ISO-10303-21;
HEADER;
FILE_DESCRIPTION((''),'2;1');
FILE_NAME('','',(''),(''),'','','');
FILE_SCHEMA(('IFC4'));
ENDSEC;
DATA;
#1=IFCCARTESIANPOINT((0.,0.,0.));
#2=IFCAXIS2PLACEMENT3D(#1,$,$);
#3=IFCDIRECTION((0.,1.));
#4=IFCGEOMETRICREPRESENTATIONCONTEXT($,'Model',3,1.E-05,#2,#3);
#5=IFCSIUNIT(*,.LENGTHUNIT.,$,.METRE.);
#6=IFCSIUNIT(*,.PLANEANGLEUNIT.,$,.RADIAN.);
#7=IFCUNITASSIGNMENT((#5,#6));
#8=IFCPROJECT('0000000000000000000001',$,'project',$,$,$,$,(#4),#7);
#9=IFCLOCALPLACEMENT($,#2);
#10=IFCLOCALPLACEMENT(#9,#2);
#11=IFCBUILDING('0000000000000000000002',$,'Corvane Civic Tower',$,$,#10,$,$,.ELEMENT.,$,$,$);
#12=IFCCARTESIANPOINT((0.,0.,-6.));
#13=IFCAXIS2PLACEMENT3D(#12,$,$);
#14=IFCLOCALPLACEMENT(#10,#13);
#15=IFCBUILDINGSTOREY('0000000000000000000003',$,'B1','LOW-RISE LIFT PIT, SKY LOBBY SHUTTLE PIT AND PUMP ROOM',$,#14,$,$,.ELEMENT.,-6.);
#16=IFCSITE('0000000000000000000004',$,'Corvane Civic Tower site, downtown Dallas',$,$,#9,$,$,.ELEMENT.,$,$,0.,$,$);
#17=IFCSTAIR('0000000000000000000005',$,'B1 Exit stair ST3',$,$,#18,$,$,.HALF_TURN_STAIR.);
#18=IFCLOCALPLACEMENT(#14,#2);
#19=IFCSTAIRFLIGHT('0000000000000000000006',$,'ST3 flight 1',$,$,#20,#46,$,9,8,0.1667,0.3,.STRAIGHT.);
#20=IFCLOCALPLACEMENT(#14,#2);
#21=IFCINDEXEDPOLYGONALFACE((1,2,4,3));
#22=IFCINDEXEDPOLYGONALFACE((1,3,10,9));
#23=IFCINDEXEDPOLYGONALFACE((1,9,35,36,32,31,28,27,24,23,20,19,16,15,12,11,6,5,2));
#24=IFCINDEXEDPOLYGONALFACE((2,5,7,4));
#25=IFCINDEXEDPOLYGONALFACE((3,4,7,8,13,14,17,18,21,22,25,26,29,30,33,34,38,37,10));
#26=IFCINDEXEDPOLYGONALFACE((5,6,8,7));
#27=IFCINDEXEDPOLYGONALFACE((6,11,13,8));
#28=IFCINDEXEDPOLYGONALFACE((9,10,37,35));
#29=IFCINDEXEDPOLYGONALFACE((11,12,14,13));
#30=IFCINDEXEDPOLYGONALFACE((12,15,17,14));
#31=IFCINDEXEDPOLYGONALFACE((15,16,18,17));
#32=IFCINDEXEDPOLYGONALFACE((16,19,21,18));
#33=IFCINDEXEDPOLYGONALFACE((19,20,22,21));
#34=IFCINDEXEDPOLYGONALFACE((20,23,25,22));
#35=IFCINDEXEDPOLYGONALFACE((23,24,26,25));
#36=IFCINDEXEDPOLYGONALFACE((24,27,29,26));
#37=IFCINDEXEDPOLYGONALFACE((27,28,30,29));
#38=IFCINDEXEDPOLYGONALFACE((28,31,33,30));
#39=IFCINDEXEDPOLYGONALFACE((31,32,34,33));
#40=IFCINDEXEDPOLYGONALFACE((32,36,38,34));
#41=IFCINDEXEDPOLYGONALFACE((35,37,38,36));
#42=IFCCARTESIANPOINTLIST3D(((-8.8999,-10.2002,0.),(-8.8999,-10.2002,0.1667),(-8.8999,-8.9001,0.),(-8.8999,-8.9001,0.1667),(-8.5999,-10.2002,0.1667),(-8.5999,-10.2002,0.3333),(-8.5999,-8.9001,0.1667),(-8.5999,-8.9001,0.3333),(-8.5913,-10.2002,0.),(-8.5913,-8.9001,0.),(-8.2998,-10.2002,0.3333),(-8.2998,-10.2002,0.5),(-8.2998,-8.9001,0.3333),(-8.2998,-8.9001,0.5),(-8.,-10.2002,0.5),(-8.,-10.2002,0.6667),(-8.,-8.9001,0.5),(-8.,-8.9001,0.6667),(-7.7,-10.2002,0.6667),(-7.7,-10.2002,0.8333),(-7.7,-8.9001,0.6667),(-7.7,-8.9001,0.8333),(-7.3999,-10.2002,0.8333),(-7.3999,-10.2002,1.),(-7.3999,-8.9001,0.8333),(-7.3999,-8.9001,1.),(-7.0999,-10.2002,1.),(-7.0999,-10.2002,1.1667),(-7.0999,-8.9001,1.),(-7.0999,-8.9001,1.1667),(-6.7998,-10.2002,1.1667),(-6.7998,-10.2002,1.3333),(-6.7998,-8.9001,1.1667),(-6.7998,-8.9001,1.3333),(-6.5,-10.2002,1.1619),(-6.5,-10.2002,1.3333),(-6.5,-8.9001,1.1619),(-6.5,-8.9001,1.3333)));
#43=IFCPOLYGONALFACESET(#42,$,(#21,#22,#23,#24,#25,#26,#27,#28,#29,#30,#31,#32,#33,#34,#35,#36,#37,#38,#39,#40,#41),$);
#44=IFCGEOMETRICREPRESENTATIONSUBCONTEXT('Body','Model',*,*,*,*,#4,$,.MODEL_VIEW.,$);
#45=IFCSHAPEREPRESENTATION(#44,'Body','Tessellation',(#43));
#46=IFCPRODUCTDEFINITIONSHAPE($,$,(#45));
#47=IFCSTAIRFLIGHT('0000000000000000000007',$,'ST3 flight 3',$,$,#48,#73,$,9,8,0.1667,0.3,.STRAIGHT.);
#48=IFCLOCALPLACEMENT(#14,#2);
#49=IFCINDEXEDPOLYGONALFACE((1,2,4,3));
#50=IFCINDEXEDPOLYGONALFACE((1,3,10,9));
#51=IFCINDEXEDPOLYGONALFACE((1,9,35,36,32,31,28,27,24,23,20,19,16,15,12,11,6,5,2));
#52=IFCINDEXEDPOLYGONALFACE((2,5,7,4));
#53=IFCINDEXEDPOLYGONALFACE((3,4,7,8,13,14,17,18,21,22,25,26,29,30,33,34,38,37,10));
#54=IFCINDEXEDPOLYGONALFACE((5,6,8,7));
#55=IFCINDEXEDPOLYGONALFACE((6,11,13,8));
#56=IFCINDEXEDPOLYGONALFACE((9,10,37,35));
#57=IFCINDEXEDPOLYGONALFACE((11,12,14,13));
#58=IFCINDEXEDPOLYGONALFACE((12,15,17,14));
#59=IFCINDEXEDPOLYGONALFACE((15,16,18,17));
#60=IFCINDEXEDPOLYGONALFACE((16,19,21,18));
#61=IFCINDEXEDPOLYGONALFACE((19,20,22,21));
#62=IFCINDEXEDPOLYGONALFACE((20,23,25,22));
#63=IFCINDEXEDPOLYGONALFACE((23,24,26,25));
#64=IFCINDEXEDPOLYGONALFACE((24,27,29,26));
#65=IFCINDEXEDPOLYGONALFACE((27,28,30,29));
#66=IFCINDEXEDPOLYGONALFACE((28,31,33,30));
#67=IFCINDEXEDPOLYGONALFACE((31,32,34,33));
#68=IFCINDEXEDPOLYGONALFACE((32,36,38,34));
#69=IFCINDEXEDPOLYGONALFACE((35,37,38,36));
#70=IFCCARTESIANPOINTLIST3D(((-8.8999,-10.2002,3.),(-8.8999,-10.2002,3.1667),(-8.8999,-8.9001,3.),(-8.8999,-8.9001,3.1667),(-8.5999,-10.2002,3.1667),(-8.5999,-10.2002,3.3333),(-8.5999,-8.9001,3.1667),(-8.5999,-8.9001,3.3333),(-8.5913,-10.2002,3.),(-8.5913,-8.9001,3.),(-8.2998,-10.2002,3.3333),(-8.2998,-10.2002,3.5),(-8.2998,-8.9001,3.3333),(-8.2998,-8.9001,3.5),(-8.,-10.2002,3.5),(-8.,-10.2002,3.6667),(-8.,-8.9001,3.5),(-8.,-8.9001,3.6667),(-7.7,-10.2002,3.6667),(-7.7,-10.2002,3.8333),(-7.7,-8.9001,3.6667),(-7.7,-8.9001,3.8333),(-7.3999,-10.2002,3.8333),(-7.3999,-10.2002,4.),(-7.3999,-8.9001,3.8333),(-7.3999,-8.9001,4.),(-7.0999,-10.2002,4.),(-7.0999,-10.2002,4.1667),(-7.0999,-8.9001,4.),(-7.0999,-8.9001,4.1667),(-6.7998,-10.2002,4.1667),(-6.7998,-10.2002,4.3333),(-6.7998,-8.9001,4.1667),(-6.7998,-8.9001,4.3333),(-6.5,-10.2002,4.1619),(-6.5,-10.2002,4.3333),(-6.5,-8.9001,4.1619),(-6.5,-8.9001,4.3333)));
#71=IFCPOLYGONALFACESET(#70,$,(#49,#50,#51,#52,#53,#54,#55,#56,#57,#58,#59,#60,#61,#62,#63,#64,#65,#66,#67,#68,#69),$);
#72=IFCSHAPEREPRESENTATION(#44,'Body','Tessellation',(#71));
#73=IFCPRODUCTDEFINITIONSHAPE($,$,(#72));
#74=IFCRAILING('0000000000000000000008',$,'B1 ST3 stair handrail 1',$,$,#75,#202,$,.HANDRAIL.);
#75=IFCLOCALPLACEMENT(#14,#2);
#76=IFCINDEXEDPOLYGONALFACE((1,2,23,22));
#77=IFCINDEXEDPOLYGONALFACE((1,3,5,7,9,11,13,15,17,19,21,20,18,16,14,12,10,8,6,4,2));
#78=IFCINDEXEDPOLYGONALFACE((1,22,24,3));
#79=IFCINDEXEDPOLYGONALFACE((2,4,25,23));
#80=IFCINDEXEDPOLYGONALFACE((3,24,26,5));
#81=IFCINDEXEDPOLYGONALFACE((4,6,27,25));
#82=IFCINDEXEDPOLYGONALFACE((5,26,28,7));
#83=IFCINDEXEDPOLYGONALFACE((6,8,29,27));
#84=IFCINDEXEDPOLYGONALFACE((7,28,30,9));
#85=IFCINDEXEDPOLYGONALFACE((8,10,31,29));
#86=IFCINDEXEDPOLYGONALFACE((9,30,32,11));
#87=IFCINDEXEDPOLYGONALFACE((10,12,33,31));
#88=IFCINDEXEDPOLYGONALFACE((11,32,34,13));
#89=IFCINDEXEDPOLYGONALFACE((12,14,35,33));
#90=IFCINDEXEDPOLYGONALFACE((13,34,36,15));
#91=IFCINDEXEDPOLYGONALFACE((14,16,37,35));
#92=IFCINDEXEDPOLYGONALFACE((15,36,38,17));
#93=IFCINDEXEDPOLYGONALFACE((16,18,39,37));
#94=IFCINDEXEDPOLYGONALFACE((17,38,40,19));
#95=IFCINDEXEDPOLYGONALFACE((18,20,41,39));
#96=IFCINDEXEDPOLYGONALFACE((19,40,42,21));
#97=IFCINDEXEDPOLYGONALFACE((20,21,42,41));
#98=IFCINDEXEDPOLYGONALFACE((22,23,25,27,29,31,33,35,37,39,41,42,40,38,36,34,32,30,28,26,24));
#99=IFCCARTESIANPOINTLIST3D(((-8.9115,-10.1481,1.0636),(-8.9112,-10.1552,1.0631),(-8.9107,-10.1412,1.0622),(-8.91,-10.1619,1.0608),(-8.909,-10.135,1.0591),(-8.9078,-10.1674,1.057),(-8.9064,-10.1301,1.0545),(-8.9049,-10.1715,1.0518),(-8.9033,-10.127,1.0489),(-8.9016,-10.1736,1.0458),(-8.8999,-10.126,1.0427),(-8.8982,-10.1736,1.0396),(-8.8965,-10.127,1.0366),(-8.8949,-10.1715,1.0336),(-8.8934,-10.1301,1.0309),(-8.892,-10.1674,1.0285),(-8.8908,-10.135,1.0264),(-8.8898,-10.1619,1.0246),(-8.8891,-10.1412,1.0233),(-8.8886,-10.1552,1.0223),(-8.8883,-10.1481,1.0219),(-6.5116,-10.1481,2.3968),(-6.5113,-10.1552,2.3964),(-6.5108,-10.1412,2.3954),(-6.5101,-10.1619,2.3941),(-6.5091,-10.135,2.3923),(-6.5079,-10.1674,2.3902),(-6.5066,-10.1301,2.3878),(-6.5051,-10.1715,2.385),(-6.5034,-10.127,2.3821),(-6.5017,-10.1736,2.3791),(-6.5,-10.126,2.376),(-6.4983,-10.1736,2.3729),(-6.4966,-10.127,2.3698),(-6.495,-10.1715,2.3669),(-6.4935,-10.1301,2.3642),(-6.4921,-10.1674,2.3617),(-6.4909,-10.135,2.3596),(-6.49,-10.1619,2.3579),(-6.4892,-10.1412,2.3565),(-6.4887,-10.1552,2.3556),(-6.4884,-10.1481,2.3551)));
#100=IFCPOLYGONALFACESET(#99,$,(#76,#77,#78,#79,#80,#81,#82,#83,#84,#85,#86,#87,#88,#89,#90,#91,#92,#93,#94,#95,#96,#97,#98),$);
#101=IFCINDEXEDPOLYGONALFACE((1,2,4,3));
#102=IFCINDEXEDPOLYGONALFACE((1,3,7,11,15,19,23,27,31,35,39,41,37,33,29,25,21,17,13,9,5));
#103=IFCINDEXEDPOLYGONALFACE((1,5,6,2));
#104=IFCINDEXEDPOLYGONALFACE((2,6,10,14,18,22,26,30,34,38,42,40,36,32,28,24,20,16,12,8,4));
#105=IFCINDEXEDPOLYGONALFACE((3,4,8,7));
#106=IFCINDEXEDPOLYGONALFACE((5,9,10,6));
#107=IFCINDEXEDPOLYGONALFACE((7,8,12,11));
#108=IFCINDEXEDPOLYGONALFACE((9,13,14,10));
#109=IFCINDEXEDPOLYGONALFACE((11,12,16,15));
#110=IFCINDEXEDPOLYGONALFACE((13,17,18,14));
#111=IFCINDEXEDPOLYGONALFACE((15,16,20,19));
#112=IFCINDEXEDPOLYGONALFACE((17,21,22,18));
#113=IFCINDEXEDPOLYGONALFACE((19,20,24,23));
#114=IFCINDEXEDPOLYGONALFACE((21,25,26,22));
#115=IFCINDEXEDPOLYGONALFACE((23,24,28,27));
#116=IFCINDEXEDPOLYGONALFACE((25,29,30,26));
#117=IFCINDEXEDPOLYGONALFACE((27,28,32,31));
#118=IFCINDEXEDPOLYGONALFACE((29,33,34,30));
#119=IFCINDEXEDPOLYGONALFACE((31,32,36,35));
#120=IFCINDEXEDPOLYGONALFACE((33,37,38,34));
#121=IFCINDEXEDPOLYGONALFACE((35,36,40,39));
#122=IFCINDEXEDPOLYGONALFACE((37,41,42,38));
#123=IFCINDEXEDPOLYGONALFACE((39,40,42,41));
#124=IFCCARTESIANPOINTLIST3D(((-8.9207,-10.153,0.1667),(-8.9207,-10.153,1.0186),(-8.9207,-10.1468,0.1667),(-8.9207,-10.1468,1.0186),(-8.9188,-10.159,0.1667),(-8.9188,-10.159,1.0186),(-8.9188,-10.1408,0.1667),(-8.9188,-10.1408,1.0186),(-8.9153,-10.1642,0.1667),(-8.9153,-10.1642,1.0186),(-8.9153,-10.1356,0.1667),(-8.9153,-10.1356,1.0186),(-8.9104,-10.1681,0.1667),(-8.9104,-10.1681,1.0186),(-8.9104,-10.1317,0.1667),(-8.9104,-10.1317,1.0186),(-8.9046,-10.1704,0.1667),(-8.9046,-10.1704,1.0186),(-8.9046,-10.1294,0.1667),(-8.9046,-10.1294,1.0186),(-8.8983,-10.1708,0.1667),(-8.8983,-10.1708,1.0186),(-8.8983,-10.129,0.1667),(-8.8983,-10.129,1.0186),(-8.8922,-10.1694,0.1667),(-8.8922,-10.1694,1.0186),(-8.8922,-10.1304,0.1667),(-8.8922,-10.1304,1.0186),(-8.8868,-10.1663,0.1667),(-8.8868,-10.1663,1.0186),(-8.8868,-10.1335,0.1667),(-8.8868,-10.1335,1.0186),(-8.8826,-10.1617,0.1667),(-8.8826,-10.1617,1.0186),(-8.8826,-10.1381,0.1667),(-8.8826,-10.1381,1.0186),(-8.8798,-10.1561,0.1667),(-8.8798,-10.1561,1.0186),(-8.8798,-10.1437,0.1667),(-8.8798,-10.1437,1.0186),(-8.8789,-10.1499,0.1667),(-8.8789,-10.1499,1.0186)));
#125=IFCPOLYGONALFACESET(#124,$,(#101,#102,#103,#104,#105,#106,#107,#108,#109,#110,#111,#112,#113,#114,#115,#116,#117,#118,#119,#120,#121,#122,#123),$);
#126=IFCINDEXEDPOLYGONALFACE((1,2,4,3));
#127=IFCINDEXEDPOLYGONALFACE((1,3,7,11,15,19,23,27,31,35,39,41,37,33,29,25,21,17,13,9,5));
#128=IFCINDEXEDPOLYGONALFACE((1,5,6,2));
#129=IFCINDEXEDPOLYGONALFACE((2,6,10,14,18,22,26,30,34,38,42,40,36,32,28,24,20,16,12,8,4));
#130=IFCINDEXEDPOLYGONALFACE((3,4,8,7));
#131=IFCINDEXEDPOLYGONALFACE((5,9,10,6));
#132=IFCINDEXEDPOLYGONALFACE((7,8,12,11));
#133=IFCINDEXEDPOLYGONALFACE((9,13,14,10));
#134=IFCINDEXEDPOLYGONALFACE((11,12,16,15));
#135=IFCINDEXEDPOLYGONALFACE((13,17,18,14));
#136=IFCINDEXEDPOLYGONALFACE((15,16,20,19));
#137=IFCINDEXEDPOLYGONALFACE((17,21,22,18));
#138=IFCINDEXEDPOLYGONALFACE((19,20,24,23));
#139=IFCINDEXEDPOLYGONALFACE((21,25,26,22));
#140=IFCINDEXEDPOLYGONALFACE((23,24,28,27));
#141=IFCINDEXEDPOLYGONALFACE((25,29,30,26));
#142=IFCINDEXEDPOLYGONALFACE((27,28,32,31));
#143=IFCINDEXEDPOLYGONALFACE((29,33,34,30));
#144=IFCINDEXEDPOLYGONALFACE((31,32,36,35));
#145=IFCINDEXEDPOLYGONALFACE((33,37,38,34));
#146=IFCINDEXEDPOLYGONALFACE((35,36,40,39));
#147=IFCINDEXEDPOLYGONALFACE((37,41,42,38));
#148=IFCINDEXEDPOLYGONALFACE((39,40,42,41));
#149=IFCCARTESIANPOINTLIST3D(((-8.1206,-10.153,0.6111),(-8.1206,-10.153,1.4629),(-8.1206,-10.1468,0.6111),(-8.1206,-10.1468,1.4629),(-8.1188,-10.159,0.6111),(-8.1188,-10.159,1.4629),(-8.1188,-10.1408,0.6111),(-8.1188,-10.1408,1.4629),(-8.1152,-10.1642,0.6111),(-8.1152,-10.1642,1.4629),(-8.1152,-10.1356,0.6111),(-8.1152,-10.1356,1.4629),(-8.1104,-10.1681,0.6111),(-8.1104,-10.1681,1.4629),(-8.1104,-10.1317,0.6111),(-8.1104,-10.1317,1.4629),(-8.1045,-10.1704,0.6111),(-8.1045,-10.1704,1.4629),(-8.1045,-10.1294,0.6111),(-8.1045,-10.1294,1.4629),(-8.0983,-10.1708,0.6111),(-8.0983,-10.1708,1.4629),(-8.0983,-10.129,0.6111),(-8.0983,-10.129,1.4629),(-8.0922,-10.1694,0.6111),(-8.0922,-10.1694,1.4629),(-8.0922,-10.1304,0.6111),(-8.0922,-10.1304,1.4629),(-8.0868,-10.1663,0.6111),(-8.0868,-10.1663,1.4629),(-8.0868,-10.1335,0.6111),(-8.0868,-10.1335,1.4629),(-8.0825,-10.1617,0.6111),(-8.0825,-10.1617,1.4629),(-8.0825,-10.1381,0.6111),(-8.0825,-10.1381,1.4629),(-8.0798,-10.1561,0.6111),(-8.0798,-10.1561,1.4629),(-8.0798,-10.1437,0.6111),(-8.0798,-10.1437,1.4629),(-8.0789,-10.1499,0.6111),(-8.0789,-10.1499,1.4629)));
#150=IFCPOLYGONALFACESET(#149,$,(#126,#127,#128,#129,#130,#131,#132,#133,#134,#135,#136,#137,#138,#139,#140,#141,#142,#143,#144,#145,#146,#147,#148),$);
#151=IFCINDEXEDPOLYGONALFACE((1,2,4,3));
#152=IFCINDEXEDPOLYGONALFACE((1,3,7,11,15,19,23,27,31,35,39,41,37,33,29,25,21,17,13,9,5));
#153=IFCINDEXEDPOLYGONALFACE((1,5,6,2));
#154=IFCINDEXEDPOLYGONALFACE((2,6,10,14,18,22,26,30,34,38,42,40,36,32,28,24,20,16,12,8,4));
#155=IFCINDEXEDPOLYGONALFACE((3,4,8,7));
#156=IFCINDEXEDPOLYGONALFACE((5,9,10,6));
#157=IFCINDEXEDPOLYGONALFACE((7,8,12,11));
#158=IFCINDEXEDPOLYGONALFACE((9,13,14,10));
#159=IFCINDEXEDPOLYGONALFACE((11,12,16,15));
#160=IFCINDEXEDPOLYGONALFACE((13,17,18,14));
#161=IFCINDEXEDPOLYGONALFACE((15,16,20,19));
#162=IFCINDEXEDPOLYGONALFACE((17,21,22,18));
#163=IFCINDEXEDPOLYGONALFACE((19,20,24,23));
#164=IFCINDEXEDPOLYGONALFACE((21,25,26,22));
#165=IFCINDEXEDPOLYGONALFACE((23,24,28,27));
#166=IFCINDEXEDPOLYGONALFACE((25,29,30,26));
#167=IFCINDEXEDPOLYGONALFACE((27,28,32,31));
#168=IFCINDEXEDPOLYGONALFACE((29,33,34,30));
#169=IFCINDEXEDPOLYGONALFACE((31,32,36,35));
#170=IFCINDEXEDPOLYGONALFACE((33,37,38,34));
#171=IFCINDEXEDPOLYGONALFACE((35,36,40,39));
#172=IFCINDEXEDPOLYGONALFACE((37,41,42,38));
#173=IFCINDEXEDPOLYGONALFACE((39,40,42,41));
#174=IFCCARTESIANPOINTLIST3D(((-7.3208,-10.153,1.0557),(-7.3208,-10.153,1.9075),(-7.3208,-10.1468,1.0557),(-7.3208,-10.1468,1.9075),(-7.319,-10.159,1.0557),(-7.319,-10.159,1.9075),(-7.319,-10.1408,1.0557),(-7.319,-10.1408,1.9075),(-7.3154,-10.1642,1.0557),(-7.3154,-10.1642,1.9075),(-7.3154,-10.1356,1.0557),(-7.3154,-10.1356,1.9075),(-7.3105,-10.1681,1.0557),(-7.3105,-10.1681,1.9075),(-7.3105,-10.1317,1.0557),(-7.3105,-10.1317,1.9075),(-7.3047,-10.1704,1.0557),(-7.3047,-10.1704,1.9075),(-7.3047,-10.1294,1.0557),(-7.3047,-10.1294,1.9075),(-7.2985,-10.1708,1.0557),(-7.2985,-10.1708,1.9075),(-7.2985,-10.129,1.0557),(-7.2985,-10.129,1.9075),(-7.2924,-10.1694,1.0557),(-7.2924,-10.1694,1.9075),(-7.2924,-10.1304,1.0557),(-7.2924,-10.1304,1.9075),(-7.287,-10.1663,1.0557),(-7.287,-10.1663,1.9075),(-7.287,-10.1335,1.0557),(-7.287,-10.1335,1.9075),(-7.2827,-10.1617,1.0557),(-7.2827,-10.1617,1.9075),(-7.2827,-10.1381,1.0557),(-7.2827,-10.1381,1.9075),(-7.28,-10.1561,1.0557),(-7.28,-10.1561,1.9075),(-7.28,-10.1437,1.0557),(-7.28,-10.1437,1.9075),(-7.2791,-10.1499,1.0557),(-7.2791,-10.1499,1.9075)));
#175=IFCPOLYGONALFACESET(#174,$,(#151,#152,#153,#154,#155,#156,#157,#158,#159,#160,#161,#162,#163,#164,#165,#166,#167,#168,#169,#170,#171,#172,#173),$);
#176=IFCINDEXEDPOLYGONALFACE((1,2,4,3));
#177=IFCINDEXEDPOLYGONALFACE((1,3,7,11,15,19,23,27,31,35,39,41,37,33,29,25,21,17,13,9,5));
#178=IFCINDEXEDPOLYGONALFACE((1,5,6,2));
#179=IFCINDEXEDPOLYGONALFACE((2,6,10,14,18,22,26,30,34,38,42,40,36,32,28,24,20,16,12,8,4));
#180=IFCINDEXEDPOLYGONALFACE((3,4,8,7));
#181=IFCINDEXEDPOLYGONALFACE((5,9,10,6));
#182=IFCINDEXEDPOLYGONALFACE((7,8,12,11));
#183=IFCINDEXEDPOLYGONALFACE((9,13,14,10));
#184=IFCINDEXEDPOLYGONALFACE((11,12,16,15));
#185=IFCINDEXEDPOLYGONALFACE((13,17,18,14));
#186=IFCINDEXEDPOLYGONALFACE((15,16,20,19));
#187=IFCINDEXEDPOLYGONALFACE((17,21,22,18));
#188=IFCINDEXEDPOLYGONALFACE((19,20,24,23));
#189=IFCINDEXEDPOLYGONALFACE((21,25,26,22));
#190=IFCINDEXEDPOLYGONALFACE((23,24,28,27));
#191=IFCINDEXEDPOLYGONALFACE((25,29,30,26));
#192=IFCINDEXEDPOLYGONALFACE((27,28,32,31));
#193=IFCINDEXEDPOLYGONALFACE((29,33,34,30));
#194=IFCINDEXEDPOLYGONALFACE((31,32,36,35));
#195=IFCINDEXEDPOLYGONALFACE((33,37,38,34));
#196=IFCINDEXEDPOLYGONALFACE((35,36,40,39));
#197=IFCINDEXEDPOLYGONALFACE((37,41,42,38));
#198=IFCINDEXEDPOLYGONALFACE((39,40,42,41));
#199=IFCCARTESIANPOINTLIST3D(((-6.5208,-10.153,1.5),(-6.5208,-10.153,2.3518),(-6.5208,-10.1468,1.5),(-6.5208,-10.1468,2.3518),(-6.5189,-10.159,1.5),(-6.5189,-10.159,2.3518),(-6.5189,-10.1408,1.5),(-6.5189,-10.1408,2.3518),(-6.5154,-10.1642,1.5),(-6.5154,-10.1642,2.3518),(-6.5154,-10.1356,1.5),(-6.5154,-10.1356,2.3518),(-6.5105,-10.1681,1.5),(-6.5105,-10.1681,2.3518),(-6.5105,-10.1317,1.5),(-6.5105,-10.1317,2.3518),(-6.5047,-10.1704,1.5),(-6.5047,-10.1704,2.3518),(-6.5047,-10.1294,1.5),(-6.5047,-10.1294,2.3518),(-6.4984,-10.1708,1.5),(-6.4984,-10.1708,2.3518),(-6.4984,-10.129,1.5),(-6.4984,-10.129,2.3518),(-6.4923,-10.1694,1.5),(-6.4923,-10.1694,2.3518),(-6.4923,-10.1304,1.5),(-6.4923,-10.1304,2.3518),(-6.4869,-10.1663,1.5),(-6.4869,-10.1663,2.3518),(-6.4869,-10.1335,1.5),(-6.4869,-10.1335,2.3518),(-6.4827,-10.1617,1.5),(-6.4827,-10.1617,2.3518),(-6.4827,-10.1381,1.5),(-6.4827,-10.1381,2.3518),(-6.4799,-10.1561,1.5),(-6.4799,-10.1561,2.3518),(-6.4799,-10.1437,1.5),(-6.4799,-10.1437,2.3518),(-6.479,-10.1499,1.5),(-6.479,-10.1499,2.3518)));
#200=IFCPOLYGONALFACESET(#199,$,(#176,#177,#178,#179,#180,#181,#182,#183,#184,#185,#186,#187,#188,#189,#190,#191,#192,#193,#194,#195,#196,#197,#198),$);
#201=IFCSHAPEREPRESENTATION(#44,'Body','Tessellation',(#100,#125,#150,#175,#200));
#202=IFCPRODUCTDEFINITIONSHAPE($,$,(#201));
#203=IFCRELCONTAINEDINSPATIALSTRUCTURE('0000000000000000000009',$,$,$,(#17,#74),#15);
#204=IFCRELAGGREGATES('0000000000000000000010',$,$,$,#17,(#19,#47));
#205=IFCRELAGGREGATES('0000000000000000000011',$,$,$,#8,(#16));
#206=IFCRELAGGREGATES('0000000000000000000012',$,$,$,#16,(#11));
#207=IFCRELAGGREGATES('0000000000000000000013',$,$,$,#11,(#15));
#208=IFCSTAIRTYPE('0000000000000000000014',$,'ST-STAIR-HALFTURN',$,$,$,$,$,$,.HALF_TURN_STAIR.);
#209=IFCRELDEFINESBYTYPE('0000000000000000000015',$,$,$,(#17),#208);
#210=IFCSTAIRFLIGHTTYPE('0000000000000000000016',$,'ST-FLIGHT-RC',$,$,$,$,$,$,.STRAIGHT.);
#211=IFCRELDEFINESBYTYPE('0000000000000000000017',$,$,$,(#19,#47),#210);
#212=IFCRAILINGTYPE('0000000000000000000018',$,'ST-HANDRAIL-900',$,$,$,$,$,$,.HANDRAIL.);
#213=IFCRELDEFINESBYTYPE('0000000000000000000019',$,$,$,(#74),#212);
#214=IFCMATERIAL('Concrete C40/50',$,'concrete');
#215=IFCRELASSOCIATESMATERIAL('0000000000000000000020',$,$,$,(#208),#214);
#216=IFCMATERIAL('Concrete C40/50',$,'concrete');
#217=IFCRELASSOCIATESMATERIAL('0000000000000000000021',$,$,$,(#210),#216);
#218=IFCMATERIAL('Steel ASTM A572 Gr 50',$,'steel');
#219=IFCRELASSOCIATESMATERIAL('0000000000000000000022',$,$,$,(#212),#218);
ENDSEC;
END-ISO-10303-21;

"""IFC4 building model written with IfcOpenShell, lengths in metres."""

from ifc_helpers import new_model, si_unit, direction, frame, origin, origin_2d, place, context, subcontext, project, spatial, polyline, circle, outline, extrude, material, type_object, element, aggregate, save


model = new_model("IFC4")

# Units and contexts
model_context = context("Model", 3, precision=1e-05, world=origin(), true_north=direction((0.0, 1.0)))
body_context = subcontext(model_context, "Body", "Model", "MODEL_VIEW")
ifc_project = project(units=[si_unit("LENGTHUNIT", "METRE"), si_unit("PLANEANGLEUNIT", "RADIAN")], contexts=[model_context])

# Site, building, storey
site_placement = place(None, origin())
site = spatial("IfcSite", under=ifc_project, at=site_placement, Name="Corvane Civic Tower site, downtown Dallas", CompositionType="ELEMENT", RefElevation=0.0)
building_placement = place(site_placement, origin())
building = spatial("IfcBuilding", under=site, at=building_placement, Name="Corvane Civic Tower", CompositionType="ELEMENT")
storey_placement = place(building_placement, frame((0.0, 0.0, -6.0)))
storey = spatial("IfcBuildingStorey", under=building, at=storey_placement, Name="B1", Description="LOW-RISE LIFT PIT, SKY LOBBY SHUTTLE PIT AND PUMP ROOM", CompositionType="ELEMENT", Elevation=-6.0)

# Stair, stair flights
ifc_material_1 = material(Name="Concrete C40/50", Category="concrete")
stair_type = type_object("IfcStairType", Name="ST-STAIR-HALFTURN", PredefinedType="HALF_TURN_STAIR", material=ifc_material_1)
stair_placement = place(storey_placement, origin())
stair = element("IfcStair", 1, at=stair_placement, inside=storey, type_object=stair_type, Name="B1 Exit stair ST3", PredefinedType="HALF_TURN_STAIR")
ifc_material_2 = material(Name="Concrete C40/50", Category="concrete")
stair_flight_type = type_object("IfcStairFlightType", Name="ST-FLIGHT-RC", PredefinedType="STRAIGHT", material=ifc_material_2)
stair_flight_1_placement = place(storey_placement, frame((-8.8999, -9.55, 0.0), z_axis=(0.0, 0.0, 1.0), x_axis=(1.0, 0.0, 0.0)))
stair_flight_1 = element("IfcStairFlight", 2, at=stair_flight_1_placement, type_object=stair_flight_type, Name="ST3 flight 1", NumberOfRisers=9, NumberOfTreads=8, PredefinedType="STRAIGHT", RiserHeight=0.1667, TreadLength=0.3, context=body_context, shape_type="SweptSolid", body=[
    extrude(outline(polyline([(0.0, 0.0), (0.0, 0.1667), (0.3, 0.1667), (0.3, 0.3333), (0.6001, 0.3333), (0.6001, 0.5), (0.8999, 0.5), (0.8999, 0.6667), (1.2, 0.6667), (1.2, 0.8333), (1.5, 0.8333), (1.5, 1.0), (1.8, 1.0), (1.8, 1.1667), (2.1001, 1.1667), (2.1001, 1.3333), (2.3999, 1.3333), (2.3999, 1.5), (2.3999, 1.1619), (0.3086, 0.0), (0.0, 0.0)])), frame((0.0, 0.6499, 0.0), z_axis=(0.0, -1.0, 0.0), x_axis=(1.0, 0.0, 0.0)), (0.0, 0.0, 1.0), 1.3),
])
stair_flight_2_placement = place(storey_placement, frame((-8.8999, -9.55, 3.0), z_axis=(0.0, 0.0, 1.0), x_axis=(1.0, 0.0, 0.0)))
stair_flight_2 = element("IfcStairFlight", 3, at=stair_flight_2_placement, type_object=stair_flight_type, Name="ST3 flight 3", NumberOfRisers=9, NumberOfTreads=8, PredefinedType="STRAIGHT", RiserHeight=0.1667, TreadLength=0.3, context=body_context, shape_type="SweptSolid", body=[
    extrude(outline(polyline([(0.0, 0.0), (0.0, 0.1667), (0.3, 0.1667), (0.3, 0.3333), (0.6001, 0.3333), (0.6001, 0.5), (0.8999, 0.5), (0.8999, 0.6667), (1.2, 0.6667), (1.2, 0.8333), (1.5, 0.8333), (1.5, 1.0), (1.8, 1.0), (1.8, 1.1667), (2.1001, 1.1667), (2.1001, 1.3333), (2.3999, 1.3333), (2.3999, 1.5), (2.3999, 1.1619), (0.3086, 0.0), (0.0, 0.0)])), frame((0.0, 0.6499, 0.0), z_axis=(0.0, -1.0, 0.0), x_axis=(1.0, 0.0, 0.0)), (0.0, 0.0, 1.0), 1.3),
])
aggregate(stair, [stair_flight_1, stair_flight_2])

# Railing
ifc_material_3 = material(Name="Steel ASTM A572 Gr 50", Category="steel")
railing_type_1 = type_object("IfcRailingType", Name="ST-HANDRAIL-900", PredefinedType="HANDRAIL", material=ifc_material_3)
for number, where, name in (
    (4, (-8.8999, -10.1499, 0.1667), "B1 ST3 stair handrail 1"),
):
    element("IfcRailing", number, at=place(storey_placement, frame(where)), inside=storey, type_object=railing_type_1, Name=name, PredefinedType="HANDRAIL", context=body_context, shape_type="SweptSolid", body=[
        extrude(circle(Radius=0.0239, at=origin_2d()), frame((0.0, 0.0, 0.876), z_axis=(0.874161, 0.0, 0.485635), x_axis=(0.0, 1.0, 0.0)), (0.0, 0.0, 1.0), 2.7454),
        extrude(circle(Radius=0.021, at=origin_2d()), origin(), (0.0, 0.0, 1.0), 0.8518),
        extrude(circle(Radius=0.021, at=origin_2d()), frame((0.8, 0.0, 0.4443)), (0.0, 0.0, 1.0), 0.8518),
        extrude(circle(Radius=0.021, at=origin_2d()), frame((1.5999, 0.0, 0.8889)), (0.0, 0.0, 1.0), 0.8518),
        extrude(circle(Radius=0.021, at=origin_2d()), frame((2.3999, 0.0, 1.3333)), (0.0, 0.0, 1.0), 0.8518),
    ])

save(model, "model.ifc")
